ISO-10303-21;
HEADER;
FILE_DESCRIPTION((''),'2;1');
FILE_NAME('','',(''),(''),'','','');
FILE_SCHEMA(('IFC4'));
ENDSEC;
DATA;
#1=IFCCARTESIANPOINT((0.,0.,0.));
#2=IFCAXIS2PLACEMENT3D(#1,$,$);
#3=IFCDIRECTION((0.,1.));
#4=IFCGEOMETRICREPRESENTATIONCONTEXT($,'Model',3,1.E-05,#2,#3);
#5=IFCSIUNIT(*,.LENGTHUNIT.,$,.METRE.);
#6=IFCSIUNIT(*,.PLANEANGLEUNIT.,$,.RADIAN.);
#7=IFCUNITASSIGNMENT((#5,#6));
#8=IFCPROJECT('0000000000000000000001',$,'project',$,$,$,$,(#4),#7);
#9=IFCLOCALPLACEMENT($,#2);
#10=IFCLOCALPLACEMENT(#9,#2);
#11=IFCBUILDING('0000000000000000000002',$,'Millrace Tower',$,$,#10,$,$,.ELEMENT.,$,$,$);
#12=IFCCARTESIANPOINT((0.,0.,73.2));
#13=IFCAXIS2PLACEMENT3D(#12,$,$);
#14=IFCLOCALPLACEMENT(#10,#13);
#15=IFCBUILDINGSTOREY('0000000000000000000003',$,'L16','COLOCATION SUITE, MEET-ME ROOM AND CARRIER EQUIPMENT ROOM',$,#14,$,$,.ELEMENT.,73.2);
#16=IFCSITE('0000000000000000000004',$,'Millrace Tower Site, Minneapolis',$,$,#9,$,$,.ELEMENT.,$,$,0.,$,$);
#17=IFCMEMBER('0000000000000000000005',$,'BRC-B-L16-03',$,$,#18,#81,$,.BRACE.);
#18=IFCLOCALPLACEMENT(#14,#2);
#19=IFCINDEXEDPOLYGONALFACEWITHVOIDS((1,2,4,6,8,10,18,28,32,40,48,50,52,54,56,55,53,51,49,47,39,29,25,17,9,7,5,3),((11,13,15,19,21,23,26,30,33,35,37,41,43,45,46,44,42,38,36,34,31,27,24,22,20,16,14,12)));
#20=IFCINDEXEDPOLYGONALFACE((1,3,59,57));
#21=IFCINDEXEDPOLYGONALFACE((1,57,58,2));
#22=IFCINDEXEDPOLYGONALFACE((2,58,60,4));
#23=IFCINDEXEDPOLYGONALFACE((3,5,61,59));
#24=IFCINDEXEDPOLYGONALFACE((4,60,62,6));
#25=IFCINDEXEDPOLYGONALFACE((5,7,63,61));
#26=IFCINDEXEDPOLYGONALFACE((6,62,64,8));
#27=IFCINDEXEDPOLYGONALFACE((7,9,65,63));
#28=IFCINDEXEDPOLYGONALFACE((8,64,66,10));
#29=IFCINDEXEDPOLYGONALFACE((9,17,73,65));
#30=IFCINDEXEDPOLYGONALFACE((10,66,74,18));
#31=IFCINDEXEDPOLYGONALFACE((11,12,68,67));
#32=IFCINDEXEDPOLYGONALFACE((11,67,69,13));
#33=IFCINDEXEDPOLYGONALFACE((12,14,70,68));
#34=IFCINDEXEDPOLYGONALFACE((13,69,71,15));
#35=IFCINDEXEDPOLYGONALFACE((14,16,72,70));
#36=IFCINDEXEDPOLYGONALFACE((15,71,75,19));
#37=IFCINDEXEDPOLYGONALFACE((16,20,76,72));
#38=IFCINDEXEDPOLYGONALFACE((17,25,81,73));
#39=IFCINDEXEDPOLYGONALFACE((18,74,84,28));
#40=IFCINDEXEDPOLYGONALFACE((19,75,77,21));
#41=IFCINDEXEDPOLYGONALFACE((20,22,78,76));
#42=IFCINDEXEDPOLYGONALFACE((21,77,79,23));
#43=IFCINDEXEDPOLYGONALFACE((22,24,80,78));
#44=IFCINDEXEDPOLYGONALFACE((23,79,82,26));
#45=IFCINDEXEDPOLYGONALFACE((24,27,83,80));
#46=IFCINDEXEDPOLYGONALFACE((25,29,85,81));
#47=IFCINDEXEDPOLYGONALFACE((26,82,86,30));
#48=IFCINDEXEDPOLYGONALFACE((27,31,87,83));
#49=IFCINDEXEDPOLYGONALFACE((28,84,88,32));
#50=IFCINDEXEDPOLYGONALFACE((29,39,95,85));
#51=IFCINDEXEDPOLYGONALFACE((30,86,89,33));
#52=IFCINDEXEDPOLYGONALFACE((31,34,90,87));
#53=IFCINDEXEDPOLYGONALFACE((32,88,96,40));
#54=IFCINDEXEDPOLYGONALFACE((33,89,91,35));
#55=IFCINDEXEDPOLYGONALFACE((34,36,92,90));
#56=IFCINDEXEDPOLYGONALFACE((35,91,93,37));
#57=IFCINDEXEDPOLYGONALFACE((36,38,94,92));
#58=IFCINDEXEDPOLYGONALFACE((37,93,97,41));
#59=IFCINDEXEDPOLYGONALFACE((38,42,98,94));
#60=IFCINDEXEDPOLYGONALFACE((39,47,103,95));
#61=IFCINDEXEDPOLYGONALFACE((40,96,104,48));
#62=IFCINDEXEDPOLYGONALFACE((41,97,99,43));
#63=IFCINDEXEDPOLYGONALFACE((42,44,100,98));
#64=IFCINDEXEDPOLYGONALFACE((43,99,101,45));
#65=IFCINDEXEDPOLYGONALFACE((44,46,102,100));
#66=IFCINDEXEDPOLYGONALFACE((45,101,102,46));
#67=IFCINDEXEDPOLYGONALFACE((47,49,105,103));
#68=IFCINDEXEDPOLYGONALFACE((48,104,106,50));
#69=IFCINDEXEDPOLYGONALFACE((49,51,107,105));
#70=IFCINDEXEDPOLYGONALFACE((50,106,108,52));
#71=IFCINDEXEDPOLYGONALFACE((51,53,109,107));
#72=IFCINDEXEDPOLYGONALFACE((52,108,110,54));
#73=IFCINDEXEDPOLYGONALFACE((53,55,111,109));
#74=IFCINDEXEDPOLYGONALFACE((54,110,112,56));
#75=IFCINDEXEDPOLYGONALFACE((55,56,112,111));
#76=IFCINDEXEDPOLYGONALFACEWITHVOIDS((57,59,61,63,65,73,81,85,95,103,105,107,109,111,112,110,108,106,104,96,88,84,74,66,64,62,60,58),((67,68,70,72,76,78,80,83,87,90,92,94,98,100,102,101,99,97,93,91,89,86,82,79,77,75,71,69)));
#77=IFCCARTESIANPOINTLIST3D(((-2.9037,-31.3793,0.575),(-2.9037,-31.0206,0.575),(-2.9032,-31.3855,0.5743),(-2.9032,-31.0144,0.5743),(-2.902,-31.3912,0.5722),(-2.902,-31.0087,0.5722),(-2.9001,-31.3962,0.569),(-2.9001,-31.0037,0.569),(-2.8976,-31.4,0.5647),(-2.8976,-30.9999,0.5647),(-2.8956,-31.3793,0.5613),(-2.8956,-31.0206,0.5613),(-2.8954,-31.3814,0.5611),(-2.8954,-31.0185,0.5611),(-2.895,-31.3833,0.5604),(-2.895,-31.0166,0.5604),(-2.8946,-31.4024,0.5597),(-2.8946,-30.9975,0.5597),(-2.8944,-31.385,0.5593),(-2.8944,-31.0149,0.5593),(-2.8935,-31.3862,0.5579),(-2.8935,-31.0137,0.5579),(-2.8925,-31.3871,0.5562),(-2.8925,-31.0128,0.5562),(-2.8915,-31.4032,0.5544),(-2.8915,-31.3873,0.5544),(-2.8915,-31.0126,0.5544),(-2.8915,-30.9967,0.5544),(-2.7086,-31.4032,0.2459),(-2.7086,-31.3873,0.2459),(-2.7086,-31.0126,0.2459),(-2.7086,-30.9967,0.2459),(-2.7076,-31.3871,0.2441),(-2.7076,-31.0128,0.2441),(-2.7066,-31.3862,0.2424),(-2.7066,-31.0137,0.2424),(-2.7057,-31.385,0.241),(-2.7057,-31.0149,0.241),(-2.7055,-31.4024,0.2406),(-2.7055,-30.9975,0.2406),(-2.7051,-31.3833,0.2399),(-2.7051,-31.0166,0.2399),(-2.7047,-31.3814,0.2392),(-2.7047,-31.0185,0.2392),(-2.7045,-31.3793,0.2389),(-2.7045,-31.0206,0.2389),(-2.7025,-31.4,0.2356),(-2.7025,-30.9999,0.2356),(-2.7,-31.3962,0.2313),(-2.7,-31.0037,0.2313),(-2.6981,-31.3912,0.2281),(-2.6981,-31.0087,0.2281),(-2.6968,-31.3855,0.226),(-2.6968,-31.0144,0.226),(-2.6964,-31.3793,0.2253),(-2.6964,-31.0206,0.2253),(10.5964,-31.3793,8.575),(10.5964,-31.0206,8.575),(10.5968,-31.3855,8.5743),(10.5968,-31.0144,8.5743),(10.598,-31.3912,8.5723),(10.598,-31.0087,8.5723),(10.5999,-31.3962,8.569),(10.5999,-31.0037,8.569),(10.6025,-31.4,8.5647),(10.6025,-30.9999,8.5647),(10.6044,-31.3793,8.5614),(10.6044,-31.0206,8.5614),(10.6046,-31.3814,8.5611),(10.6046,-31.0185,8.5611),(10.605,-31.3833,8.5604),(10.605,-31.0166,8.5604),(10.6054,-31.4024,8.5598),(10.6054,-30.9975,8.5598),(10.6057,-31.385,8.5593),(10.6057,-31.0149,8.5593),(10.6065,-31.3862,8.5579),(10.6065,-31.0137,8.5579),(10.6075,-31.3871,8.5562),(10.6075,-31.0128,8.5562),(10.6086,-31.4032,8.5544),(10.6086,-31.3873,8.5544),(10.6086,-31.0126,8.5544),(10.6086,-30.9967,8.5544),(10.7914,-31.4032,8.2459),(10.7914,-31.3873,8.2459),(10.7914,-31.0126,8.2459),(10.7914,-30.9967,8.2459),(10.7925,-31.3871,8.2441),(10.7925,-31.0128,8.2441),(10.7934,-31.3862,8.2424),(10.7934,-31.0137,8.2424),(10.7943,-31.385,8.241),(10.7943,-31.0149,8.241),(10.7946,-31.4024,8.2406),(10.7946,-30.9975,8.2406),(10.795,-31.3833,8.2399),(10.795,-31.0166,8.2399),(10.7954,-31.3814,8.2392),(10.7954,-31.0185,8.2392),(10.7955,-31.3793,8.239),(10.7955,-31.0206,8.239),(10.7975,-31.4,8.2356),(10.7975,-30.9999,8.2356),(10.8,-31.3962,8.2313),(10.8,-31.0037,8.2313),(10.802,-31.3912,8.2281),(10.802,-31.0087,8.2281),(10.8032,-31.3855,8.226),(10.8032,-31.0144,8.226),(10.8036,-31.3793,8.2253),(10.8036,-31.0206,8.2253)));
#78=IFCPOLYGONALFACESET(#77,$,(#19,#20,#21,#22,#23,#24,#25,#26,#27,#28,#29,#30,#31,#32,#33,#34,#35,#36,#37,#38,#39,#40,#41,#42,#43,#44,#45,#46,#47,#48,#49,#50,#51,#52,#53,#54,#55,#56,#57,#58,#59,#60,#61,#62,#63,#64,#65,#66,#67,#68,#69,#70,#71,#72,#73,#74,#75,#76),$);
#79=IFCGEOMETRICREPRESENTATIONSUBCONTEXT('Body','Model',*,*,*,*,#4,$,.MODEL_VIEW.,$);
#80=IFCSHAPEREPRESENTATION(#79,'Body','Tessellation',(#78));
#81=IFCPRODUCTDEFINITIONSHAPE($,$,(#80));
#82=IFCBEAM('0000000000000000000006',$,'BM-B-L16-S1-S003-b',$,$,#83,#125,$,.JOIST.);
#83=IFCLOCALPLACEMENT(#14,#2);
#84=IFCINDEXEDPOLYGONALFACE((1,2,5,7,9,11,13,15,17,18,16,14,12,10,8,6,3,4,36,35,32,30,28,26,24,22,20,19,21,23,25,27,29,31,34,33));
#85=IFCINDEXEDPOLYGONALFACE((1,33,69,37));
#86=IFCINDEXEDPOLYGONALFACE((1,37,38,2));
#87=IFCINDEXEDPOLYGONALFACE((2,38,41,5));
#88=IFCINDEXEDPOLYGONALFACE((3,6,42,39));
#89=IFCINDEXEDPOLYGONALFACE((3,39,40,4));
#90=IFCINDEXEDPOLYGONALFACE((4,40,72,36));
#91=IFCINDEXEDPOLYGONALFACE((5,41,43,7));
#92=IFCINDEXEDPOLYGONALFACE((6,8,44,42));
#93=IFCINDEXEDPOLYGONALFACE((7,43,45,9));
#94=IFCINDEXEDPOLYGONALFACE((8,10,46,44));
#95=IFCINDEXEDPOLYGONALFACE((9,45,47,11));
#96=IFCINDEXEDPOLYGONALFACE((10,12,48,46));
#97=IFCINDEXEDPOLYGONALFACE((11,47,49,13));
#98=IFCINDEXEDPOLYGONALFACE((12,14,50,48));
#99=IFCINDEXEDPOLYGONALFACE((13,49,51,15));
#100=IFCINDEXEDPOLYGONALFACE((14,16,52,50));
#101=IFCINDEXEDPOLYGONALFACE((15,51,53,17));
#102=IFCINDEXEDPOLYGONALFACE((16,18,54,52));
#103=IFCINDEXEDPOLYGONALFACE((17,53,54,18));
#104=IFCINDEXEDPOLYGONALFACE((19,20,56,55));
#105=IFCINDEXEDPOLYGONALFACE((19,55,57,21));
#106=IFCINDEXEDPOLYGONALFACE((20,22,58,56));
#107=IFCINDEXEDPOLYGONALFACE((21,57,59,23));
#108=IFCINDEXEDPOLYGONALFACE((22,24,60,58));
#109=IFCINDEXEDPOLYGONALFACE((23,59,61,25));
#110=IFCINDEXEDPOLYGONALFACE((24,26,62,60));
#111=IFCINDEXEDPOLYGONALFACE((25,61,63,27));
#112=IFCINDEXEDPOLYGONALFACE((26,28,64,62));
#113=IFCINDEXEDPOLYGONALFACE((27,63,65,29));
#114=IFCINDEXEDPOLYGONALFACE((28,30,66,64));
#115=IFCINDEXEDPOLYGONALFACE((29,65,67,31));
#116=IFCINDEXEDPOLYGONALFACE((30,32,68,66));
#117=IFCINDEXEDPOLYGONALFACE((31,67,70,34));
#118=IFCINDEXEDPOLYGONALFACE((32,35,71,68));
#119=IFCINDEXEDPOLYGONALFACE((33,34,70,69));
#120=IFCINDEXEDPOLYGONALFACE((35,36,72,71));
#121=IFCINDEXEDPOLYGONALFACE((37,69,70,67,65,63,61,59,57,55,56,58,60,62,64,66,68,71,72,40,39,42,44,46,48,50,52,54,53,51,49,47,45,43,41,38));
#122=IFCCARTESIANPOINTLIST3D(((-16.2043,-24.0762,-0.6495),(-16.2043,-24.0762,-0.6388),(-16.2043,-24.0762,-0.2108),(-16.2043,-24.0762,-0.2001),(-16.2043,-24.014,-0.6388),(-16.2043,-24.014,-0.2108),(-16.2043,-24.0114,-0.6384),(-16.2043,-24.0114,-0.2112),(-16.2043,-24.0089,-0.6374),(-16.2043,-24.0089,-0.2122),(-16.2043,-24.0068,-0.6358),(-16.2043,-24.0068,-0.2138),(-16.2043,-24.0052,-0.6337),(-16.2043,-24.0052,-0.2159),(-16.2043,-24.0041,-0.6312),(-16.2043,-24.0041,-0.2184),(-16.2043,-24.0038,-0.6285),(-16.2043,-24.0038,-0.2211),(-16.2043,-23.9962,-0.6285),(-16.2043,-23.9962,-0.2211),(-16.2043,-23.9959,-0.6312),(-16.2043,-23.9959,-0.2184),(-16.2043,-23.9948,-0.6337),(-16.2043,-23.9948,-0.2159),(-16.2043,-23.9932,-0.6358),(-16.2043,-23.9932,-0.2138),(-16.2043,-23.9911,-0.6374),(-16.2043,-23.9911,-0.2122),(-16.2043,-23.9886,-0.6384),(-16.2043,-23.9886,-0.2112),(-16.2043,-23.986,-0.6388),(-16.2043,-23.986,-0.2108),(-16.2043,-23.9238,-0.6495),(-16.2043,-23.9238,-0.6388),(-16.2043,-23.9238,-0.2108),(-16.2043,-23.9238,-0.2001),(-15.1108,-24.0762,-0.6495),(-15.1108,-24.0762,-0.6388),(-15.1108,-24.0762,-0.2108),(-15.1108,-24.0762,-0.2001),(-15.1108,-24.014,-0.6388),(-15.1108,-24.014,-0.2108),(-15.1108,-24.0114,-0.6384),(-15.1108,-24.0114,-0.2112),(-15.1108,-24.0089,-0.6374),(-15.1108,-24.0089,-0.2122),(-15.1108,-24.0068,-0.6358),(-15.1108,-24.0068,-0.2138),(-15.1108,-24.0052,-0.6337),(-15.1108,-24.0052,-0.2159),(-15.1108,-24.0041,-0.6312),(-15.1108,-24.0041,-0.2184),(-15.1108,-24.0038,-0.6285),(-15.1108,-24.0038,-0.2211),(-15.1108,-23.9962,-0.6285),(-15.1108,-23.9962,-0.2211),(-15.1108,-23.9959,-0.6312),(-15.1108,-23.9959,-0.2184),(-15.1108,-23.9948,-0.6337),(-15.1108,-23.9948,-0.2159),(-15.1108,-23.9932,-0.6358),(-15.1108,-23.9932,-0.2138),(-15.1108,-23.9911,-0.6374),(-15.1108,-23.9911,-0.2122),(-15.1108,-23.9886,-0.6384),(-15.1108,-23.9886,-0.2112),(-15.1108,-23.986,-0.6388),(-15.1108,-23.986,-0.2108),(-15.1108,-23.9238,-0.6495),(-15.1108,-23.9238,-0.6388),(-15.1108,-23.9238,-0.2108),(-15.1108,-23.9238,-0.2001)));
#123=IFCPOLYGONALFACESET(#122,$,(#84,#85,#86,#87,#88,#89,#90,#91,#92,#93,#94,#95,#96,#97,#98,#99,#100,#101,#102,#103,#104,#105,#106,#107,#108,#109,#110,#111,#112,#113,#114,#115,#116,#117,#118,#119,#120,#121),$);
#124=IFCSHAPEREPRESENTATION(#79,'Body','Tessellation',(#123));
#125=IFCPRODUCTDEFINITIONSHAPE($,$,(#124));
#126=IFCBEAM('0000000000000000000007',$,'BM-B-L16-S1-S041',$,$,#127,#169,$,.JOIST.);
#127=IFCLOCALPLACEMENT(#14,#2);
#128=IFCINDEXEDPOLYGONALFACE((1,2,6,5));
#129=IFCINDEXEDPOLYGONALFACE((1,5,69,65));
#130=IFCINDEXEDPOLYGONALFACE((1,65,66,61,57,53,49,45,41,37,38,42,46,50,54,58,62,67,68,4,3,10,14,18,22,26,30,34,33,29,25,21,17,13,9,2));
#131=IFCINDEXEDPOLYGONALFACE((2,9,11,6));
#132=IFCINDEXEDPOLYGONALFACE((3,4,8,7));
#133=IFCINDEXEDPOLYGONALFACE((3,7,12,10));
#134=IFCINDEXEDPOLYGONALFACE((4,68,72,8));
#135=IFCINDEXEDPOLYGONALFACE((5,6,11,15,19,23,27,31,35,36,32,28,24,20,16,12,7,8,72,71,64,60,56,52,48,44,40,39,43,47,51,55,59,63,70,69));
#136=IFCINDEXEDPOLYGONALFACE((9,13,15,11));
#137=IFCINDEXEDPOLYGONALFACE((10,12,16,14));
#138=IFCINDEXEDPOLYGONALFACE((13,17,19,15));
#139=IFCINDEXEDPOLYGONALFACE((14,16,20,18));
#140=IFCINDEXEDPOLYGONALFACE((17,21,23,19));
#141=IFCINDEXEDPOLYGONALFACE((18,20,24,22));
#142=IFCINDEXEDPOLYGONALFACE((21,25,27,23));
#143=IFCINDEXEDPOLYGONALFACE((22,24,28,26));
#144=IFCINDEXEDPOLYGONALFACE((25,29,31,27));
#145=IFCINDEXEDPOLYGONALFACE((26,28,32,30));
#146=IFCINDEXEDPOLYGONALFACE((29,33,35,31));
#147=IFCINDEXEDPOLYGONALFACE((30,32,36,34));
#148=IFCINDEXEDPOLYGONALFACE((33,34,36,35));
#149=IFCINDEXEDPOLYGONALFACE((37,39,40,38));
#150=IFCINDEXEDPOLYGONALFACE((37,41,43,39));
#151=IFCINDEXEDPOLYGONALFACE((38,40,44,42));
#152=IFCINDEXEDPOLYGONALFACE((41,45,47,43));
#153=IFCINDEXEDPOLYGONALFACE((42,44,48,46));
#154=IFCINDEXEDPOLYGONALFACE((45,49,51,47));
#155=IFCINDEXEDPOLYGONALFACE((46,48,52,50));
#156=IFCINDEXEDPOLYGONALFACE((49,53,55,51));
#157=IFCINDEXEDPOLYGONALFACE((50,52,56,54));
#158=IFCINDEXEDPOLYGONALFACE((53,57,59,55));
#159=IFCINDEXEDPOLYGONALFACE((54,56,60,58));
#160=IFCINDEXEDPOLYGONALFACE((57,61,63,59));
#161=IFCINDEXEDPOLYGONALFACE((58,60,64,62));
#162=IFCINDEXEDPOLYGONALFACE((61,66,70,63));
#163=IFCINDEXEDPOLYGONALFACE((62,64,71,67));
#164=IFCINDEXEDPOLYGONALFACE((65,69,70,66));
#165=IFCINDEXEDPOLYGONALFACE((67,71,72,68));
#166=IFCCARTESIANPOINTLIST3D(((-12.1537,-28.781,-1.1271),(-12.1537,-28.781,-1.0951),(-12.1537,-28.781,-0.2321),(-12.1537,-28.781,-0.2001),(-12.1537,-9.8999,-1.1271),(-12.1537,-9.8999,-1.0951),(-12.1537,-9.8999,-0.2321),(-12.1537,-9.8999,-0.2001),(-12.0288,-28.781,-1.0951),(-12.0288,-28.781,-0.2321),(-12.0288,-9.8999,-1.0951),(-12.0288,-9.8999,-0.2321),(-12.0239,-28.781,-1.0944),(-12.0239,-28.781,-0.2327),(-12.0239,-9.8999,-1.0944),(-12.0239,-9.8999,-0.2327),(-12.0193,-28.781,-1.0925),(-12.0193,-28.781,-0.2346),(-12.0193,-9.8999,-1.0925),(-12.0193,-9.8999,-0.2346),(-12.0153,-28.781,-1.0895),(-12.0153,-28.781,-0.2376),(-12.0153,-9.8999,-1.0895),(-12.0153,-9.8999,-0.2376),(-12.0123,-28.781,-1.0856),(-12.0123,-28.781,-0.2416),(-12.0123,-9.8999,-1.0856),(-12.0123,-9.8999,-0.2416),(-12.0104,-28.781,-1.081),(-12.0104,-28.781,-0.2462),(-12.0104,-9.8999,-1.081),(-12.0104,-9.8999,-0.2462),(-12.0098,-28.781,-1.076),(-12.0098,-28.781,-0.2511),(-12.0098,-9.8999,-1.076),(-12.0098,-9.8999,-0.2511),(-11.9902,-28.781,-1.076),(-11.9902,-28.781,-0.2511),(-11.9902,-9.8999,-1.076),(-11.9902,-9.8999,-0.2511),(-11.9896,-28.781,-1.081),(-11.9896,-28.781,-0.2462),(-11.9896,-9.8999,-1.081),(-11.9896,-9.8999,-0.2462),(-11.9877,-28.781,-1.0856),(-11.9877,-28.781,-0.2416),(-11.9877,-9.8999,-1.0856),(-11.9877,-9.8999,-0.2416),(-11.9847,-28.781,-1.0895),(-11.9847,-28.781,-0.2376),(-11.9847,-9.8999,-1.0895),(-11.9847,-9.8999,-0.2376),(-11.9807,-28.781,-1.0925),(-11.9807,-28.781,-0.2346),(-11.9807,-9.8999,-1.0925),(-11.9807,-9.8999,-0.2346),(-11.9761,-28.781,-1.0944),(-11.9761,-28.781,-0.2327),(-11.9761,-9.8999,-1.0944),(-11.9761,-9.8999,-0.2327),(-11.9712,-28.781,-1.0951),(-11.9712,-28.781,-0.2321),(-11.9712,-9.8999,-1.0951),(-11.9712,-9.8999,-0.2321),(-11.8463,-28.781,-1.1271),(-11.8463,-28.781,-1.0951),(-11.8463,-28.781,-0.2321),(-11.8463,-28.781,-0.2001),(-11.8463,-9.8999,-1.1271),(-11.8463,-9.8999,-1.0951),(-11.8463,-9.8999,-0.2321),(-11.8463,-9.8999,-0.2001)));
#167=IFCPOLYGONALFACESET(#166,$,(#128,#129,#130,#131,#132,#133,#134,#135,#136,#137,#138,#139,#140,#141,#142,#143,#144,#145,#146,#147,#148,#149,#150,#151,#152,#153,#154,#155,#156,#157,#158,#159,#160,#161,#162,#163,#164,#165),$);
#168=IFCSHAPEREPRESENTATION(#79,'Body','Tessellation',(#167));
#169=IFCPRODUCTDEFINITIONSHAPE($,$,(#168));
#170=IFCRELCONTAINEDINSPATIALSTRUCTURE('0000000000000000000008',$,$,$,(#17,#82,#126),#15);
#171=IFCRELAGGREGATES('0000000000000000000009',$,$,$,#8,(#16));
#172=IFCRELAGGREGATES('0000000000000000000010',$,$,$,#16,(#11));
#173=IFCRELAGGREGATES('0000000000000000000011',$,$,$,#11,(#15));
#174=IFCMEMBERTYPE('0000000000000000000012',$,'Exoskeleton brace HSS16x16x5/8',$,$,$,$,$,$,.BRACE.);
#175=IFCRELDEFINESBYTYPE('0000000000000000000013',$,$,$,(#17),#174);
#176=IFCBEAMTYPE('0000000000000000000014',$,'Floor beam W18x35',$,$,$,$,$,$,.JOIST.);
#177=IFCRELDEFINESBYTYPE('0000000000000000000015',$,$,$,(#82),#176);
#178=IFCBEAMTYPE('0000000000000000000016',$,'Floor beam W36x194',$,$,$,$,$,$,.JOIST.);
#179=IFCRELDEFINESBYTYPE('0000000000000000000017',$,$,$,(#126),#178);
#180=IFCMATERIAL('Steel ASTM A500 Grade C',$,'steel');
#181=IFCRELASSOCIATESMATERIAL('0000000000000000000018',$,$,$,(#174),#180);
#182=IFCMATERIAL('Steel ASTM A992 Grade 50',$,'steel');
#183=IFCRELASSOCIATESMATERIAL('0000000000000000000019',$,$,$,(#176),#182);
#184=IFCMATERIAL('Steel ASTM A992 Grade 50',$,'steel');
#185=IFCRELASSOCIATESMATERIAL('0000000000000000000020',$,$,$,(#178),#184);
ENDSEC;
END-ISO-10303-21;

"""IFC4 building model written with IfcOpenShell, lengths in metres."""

from ifc_helpers import new_model, si_unit, direction, frame, origin, origin_2d, place, context, subcontext, project, spatial, hollow_rectangle, i_section, extrude, material, material_profile, profile_set, type_object, element, save


model = new_model("IFC4")

# Units and contexts
model_context = context("Model", 3, precision=1e-05, world=origin(), true_north=direction((0.0, 1.0)))
body_context = subcontext(model_context, "Body", "Model", "MODEL_VIEW")
ifc_project = project(units=[si_unit("LENGTHUNIT", "METRE"), si_unit("PLANEANGLEUNIT", "RADIAN")], contexts=[model_context])

# Site, building, storey
site_placement = place(None, origin())
site = spatial("IfcSite", under=ifc_project, at=site_placement, Name="Millrace Tower Site, Minneapolis", CompositionType="ELEMENT", RefElevation=0.0)
building_placement = place(site_placement, origin())
building = spatial("IfcBuilding", under=site, at=building_placement, Name="Millrace Tower", CompositionType="ELEMENT")
storey_placement = place(building_placement, frame((0.0, 0.0, 73.2)))
storey = spatial("IfcBuildingStorey", under=building, at=storey_placement, Name="L16", Description="COLOCATION SUITE, MEET-ME ROOM AND CARRIER EQUIPMENT ROOM", CompositionType="ELEMENT", Elevation=73.2)

# Member
ifc_material_1 = material(Name="Steel ASTM A500 Grade C", Category="steel")
ifc_material_profile_1 = material_profile(ifc_material_1, hollow_rectangle(XDim=0.4065, YDim=0.4065, WallThickness=0.0159, InnerFilletRadius=0.0081, OuterFilletRadius=0.0239, at=origin_2d()))
ifc_profile_set_1 = profile_set([ifc_material_profile_1], Name="Steel ASTM A500 Grade C")
member_type_1 = type_object("IfcMemberType", Name="Exoskeleton brace HSS16x16x5/8", PredefinedType="BRACE", material=ifc_profile_set_1)
member_1_placement = place(storey_placement, frame((-2.8, -31.2, 0.4001), z_axis=(0.860292, 0.0, 0.509802), x_axis=(0.0, 1.0, 0.0)))
element("IfcMember", 1, at=member_1_placement, inside=storey, type_object=member_type_1, Name="BRC-B-L16-03", PredefinedType="BRACE", context=body_context, shape_type="SweptSolid", body=[
    extrude(hollow_rectangle(XDim=0.4065, YDim=0.4065, WallThickness=0.0159, InnerFilletRadius=0.0081, OuterFilletRadius=0.0239, at=origin_2d()), origin(), (0.0, 0.0, 1.0), 15.6924),
])

# Beams
ifc_material_2 = material(Name="Steel ASTM A992 Grade 50", Category="steel")
ifc_material_profile_2 = material_profile(ifc_material_2, i_section(OverallWidth=0.1523, OverallDepth=0.4495, WebThickness=0.0076, FlangeThickness=0.0107, FilletRadius=0.0103, at=origin_2d()))
ifc_profile_set_2 = profile_set([ifc_material_profile_2], Name="Steel ASTM A992 Grade 50")
beam_type_1 = type_object("IfcBeamType", Name="Floor beam W18x35", PredefinedType="JOIST", material=ifc_profile_set_2)
beam_1_placement = place(storey_placement, frame((-16.2043, -24.0, -0.4248), z_axis=(1.0, 0.0, 0.0), x_axis=(0.0, 1.0, 0.0)))
element("IfcBeam", 2, at=beam_1_placement, inside=storey, type_object=beam_type_1, Name="BM-B-L16-S1-S003-b", PredefinedType="JOIST", context=body_context, shape_type="SweptSolid", body=[
    extrude(i_section(OverallWidth=0.1523, OverallDepth=0.4495, WebThickness=0.0076, FlangeThickness=0.0107, FilletRadius=0.0103, at=origin_2d()), origin(), (0.0, 0.0, 1.0), 1.0935),
])
ifc_material_3 = material(Name="Steel ASTM A992 Grade 50", Category="steel")
ifc_material_profile_3 = material_profile(ifc_material_3, i_section(OverallWidth=0.3074, OverallDepth=0.927, WebThickness=0.0195, FlangeThickness=0.032, FilletRadius=0.019, at=origin_2d()))
ifc_profile_set_3 = profile_set([ifc_material_profile_3], Name="Steel ASTM A992 Grade 50")
beam_type_2 = type_object("IfcBeamType", Name="Floor beam W36x194", PredefinedType="JOIST", material=ifc_profile_set_3)
for number, where, z_axis, x_axis, name in (
    (3, (-12.0, -28.781, -0.6636), (0.0, 1.0, 0.0), (-1.0, 0.0, 0.0), "BM-B-L16-S1-S041"),
):
    element("IfcBeam", number, at=place(storey_placement, frame(where, z_axis=z_axis, x_axis=x_axis)), inside=storey, type_object=beam_type_2, Name=name, PredefinedType="JOIST", context=body_context, shape_type="SweptSolid", body=[
        extrude(i_section(OverallWidth=0.3074, OverallDepth=0.927, WebThickness=0.0195, FlangeThickness=0.032, FilletRadius=0.019, at=origin_2d()), origin(), (0.0, 0.0, 1.0), 18.8811),
    ])

save(model, "model.ifc")
